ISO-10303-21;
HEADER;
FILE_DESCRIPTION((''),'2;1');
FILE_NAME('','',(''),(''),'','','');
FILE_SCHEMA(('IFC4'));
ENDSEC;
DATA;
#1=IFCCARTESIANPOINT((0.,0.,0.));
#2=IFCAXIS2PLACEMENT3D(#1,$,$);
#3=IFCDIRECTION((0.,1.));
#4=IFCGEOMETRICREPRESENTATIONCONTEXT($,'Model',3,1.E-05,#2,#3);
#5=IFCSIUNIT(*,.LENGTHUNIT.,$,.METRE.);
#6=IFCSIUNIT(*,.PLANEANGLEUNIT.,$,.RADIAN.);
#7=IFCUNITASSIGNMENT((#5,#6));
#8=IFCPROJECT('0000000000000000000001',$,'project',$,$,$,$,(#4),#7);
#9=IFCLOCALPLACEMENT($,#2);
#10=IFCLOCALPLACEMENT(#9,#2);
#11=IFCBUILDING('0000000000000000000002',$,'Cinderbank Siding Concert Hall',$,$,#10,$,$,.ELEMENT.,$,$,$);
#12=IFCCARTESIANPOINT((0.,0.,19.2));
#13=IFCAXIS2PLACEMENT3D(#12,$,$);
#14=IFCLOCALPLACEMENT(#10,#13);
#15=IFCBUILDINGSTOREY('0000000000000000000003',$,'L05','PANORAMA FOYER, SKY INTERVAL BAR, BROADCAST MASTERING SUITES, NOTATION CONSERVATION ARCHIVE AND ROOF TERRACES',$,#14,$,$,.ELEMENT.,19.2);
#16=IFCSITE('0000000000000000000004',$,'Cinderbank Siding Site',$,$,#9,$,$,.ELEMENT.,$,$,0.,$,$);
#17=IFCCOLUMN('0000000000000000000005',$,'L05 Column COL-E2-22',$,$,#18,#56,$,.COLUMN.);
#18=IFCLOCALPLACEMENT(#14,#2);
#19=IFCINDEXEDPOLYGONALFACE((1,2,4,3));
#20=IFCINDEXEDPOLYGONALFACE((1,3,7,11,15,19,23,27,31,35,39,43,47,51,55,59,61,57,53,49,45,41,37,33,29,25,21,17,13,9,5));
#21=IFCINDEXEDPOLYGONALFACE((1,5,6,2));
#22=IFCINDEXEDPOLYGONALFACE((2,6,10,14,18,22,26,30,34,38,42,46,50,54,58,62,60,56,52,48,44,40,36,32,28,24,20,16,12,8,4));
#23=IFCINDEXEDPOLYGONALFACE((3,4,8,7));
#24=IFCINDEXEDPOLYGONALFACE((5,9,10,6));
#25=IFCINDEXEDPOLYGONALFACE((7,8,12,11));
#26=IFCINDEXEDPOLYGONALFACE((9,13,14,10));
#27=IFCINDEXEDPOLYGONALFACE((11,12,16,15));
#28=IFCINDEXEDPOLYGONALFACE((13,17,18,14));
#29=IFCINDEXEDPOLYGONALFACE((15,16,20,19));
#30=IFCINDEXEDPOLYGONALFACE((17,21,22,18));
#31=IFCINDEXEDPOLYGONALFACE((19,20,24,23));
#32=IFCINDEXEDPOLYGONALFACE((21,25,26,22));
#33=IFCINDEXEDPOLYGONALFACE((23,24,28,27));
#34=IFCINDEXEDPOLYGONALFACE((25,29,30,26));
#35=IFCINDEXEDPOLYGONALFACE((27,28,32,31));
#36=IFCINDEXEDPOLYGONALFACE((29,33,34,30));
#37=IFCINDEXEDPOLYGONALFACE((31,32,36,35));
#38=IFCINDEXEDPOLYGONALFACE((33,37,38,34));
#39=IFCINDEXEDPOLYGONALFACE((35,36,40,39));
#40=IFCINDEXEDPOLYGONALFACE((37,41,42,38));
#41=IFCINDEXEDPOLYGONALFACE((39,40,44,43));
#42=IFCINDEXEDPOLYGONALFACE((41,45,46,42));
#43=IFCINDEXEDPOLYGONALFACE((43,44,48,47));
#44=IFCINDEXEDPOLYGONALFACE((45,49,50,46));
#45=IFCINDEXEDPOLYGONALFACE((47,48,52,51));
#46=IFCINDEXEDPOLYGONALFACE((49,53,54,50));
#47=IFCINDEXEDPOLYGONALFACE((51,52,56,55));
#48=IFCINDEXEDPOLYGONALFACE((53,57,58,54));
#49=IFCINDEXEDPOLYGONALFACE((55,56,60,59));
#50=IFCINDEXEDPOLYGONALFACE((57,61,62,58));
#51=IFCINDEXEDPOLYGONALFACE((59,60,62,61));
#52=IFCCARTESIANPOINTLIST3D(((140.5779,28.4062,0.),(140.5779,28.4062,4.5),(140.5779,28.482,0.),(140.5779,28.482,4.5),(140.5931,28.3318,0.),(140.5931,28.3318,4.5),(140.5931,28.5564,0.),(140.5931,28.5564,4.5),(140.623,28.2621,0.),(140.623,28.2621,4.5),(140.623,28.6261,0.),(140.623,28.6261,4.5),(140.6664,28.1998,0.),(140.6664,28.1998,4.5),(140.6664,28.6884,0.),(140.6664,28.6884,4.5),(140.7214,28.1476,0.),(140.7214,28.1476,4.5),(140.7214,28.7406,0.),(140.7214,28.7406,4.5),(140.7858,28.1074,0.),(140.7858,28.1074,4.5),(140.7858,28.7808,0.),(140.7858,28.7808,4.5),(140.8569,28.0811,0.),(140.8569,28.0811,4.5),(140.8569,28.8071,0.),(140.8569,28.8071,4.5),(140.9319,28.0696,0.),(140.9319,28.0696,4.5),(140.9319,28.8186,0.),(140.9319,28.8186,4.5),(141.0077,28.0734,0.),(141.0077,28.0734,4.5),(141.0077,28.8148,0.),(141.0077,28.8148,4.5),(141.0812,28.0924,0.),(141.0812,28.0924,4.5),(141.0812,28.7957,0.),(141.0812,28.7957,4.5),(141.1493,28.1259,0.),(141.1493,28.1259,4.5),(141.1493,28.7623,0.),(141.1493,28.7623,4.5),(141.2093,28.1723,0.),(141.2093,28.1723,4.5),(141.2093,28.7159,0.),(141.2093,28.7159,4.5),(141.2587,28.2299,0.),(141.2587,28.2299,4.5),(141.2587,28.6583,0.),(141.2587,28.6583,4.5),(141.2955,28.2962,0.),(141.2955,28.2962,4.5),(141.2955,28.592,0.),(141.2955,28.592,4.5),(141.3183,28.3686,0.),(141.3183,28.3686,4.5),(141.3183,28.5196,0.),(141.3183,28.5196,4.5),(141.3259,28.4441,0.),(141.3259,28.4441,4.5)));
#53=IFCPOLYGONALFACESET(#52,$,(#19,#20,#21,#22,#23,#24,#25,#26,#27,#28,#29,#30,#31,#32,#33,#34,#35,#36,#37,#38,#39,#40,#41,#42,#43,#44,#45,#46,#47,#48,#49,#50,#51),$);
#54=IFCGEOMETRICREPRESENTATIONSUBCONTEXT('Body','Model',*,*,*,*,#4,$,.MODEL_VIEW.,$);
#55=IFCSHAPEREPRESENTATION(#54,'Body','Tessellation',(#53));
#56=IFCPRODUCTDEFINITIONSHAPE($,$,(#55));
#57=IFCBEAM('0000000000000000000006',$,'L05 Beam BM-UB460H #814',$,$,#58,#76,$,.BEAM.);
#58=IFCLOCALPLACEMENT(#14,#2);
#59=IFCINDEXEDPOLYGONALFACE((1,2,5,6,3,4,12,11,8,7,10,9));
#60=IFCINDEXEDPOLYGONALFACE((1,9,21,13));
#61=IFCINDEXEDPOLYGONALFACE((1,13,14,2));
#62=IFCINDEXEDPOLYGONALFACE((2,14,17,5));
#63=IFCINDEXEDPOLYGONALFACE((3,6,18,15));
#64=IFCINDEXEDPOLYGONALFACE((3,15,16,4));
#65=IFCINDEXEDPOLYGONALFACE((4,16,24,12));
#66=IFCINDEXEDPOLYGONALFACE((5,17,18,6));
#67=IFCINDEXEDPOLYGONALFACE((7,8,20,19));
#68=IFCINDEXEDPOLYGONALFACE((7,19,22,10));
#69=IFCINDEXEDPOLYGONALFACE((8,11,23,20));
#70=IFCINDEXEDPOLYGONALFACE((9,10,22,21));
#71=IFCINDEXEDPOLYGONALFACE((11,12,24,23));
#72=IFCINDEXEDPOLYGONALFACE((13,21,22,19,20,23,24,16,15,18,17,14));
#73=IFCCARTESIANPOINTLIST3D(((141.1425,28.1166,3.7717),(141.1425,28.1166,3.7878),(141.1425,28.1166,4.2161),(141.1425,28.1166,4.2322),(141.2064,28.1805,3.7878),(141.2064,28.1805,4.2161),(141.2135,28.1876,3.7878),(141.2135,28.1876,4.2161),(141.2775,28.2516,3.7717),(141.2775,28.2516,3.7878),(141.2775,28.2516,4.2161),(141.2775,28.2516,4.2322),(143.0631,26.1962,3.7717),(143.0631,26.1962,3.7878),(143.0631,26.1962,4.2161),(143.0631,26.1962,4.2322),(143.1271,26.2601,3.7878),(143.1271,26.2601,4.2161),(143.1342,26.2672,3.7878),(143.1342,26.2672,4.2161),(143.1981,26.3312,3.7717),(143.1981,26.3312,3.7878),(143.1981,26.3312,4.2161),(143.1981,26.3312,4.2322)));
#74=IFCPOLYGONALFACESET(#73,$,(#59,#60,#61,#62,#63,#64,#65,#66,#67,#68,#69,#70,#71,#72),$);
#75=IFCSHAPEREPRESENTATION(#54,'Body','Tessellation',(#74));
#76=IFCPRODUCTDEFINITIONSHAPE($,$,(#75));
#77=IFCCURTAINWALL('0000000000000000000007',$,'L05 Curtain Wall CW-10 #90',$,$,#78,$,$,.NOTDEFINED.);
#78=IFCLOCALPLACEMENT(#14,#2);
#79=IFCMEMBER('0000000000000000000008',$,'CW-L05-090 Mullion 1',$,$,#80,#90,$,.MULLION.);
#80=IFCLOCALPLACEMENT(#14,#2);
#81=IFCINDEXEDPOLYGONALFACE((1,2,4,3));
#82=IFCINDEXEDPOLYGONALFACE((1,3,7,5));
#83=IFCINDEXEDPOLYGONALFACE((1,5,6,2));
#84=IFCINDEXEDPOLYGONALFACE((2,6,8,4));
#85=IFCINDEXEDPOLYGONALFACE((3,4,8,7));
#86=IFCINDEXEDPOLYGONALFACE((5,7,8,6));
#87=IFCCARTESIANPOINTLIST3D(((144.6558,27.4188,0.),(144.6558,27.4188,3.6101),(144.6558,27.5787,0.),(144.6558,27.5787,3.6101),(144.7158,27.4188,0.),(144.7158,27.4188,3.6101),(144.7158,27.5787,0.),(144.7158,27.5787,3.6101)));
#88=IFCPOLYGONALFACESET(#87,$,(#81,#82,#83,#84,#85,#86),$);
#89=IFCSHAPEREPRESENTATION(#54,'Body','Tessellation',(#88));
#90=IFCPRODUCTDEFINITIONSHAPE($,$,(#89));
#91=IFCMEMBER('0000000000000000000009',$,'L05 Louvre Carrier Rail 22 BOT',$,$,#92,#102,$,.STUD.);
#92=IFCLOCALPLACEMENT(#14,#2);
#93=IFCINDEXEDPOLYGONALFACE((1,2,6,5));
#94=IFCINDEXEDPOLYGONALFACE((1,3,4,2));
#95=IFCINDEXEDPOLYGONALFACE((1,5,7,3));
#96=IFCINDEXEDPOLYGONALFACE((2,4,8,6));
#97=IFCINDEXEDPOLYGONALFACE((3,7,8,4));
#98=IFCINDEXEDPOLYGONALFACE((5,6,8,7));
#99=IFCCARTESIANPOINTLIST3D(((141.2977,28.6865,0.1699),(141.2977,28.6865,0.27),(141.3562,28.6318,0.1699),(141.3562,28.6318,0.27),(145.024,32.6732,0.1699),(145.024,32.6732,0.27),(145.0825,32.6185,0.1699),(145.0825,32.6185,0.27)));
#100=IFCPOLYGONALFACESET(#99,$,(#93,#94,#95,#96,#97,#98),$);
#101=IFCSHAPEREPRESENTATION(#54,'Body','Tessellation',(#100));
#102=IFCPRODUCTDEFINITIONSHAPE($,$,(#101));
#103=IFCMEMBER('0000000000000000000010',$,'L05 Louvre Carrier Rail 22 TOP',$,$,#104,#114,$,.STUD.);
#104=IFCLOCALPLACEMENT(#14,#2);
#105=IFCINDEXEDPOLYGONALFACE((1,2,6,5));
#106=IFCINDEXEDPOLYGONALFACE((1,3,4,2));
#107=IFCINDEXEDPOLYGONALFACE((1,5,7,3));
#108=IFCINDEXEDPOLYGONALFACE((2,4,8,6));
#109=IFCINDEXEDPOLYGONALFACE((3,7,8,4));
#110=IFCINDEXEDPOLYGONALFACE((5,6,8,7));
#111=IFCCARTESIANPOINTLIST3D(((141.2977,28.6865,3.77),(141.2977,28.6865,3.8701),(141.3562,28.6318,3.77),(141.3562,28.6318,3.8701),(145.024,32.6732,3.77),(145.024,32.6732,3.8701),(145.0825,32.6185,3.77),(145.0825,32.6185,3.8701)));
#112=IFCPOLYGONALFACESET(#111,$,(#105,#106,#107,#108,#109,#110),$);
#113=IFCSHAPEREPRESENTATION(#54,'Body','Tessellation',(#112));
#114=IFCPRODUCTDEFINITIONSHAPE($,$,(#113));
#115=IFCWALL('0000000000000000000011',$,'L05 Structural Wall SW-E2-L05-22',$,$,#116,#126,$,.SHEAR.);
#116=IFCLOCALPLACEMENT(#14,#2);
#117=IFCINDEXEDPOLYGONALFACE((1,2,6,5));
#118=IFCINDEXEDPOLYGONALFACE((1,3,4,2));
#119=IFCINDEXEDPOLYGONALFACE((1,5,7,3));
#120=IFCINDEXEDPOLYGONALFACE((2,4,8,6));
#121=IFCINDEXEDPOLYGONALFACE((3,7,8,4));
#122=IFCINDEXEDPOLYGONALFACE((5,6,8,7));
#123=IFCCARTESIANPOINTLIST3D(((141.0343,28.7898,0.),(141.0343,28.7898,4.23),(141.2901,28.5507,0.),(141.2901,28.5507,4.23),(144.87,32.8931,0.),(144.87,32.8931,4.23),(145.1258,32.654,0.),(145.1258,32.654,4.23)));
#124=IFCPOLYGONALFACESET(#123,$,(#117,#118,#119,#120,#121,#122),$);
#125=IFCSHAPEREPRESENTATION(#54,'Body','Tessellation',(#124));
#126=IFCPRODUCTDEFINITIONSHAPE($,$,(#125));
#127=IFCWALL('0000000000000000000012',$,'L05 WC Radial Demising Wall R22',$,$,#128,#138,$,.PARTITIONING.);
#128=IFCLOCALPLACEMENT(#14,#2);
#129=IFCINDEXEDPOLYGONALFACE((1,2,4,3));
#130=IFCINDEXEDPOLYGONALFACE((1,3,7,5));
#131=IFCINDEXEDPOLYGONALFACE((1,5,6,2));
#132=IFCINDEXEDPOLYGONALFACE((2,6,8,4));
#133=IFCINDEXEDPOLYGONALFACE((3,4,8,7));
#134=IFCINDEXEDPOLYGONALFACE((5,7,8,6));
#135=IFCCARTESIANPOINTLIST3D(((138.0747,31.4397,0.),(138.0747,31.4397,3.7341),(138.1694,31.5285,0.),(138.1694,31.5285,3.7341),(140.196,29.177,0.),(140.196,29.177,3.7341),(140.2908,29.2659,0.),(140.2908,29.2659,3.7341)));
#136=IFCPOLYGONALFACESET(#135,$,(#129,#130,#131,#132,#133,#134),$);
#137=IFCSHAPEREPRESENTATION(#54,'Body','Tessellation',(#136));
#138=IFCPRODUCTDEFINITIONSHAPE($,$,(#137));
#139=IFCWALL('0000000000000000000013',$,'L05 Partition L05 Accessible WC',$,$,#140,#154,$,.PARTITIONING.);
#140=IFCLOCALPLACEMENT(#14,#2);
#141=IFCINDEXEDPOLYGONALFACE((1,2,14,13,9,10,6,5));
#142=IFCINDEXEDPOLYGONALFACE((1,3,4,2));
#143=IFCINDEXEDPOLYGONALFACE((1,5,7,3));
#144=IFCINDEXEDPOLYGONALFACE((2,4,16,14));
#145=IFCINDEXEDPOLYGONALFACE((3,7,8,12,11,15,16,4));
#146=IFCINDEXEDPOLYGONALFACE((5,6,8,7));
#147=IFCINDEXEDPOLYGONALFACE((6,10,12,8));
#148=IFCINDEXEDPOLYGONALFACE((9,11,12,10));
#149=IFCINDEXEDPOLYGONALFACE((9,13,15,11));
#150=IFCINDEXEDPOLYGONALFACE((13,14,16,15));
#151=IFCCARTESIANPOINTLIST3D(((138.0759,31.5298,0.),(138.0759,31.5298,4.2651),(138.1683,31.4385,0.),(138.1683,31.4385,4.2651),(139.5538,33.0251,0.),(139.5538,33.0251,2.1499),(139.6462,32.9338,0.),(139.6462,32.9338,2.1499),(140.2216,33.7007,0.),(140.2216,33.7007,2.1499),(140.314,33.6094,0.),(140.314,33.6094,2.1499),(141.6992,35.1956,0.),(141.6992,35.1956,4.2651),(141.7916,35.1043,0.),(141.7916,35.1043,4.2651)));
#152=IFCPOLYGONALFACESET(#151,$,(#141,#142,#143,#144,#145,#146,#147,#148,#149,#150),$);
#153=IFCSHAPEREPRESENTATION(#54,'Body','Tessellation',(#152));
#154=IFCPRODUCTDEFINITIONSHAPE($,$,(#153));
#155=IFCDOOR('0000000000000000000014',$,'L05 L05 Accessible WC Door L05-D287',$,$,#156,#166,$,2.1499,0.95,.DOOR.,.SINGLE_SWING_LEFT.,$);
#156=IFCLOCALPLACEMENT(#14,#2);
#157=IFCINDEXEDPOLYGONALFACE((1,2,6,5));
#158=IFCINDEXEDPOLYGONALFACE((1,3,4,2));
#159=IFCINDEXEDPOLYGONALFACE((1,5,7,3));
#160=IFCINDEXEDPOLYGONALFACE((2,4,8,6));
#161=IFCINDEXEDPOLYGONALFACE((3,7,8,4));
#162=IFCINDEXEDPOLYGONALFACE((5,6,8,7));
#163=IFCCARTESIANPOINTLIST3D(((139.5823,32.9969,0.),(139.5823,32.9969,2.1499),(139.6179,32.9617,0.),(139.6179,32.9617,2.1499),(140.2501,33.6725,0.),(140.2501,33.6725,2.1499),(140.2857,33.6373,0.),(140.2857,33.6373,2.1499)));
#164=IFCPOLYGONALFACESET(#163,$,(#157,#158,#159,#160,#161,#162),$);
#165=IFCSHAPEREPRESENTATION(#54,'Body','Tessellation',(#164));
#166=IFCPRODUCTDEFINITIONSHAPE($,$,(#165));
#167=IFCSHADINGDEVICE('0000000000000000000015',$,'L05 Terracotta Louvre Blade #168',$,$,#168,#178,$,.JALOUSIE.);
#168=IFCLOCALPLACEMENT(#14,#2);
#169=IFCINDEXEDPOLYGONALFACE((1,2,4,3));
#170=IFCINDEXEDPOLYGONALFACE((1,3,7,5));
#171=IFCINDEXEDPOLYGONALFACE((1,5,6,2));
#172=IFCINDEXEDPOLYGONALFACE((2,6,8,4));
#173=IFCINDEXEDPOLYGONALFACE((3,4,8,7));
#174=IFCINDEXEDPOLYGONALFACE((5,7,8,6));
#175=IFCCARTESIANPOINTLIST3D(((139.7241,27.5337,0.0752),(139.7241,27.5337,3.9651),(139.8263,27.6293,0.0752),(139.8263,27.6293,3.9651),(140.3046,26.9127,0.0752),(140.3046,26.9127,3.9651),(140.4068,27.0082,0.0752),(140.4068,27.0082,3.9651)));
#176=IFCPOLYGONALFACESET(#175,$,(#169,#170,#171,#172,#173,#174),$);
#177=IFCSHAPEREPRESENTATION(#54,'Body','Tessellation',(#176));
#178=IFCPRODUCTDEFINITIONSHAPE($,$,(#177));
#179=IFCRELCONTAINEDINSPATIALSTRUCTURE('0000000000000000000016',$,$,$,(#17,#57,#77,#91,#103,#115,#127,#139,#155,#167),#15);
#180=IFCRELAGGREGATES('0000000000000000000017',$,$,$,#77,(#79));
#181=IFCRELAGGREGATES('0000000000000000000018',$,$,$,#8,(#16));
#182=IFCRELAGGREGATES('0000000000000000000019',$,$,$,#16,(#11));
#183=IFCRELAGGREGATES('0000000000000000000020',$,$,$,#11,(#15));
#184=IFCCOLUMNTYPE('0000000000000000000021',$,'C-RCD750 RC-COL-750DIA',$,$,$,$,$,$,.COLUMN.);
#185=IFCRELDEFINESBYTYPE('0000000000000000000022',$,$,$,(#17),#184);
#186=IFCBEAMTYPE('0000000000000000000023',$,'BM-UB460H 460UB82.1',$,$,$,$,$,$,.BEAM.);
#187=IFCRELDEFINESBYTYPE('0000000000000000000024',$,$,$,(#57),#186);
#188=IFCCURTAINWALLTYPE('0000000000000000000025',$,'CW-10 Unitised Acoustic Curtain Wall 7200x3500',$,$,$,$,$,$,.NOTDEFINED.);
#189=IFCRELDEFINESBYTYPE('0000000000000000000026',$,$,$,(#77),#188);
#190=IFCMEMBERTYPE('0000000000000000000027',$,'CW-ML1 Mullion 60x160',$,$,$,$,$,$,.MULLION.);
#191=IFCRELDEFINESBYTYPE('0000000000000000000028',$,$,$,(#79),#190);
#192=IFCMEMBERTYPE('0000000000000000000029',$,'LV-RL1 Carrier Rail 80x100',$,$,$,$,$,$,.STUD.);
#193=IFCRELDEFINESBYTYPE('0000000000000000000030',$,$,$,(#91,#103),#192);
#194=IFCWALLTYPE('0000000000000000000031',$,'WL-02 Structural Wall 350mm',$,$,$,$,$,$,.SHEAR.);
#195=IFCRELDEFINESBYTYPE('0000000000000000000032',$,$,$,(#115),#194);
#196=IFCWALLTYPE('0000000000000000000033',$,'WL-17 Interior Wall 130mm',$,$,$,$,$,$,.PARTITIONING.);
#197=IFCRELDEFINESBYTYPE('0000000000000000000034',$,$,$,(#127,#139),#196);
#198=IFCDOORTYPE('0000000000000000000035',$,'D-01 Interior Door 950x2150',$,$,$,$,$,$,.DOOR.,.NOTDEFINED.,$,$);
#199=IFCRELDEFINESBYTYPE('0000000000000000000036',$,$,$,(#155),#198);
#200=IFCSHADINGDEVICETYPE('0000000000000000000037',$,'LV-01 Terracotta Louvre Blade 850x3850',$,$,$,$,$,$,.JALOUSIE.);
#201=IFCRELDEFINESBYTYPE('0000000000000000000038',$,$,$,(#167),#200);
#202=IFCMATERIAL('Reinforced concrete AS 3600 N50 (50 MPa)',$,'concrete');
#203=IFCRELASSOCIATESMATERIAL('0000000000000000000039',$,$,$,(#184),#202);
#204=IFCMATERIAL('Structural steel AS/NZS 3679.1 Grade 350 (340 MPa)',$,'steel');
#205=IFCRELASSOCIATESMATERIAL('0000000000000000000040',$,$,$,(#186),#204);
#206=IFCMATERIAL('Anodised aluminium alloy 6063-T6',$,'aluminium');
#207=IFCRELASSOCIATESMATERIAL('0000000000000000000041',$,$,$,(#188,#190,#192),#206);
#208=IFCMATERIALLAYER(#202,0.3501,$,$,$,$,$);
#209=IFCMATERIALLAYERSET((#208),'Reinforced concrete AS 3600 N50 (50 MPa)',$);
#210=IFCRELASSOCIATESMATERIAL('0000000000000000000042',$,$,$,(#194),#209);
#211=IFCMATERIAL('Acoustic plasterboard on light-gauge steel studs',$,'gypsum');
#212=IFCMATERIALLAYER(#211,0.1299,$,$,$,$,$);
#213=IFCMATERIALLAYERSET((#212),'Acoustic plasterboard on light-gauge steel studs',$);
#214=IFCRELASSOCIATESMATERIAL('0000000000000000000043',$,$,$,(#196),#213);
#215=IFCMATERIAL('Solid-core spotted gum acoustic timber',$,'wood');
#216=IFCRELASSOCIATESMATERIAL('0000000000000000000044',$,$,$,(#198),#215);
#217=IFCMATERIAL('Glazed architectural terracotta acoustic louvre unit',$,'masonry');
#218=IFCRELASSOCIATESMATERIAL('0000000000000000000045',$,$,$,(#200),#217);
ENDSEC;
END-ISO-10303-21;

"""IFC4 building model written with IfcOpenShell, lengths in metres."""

from ifc_helpers import new_model, si_unit, direction, frame, frame_2d, origin, origin_2d, place, context, subcontext, project, spatial, rectangle, circle, i_section, extrude, material, layer, layer_set, material_profile, profile_set, type_object, element, fill, aggregate, save


model = new_model("IFC4")

# Units and contexts
model_context = context("Model", 3, precision=1e-05, world=origin(), true_north=direction((0.0, 1.0)))
body_context = subcontext(model_context, "Body", "Model", "MODEL_VIEW")
ifc_project = project(units=[si_unit("LENGTHUNIT", "METRE"), si_unit("PLANEANGLEUNIT", "RADIAN")], contexts=[model_context])

# Site, building, storey
site_placement = place(None, origin())
site = spatial("IfcSite", under=ifc_project, at=site_placement, Name="Cinderbank Siding Site", CompositionType="ELEMENT", RefElevation=0.0)
building_placement = place(site_placement, origin())
building = spatial("IfcBuilding", under=site, at=building_placement, Name="Cinderbank Siding Concert Hall", CompositionType="ELEMENT")
storey_placement = place(building_placement, frame((0.0, 0.0, 19.2)))
storey = spatial("IfcBuildingStorey", under=building, at=storey_placement, Name="L05", Description="PANORAMA FOYER, SKY INTERVAL BAR, BROADCAST MASTERING SUITES, NOTATION CONSERVATION ARCHIVE AND ROOF TERRACES", CompositionType="ELEMENT", Elevation=19.2)

# Column
ifc_material_1 = material(Name="Reinforced concrete AS 3600 N50 (50 MPa)", Category="concrete")
ifc_material_profile_1 = material_profile(ifc_material_1, circle(Radius=0.375, at=origin_2d()), Name="RC-COL-750DIA", Category="LoadBearing")
ifc_profile_set_1 = profile_set([ifc_material_profile_1], Name="Reinforced concrete AS 3600 N50 (50 MPa)")
column_type = type_object("IfcColumnType", Name="C-RCD750 RC-COL-750DIA", PredefinedType="COLUMN", material=ifc_profile_set_1)
column_placement = place(storey_placement, frame((140.9509, 28.4441, 0.0), z_axis=(0.0, 0.0, 1.0), x_axis=(1.0, 0.0, 0.0)))
element("IfcColumn", 1, at=column_placement, inside=storey, type_object=column_type, Name="L05 Column COL-E2-22", PredefinedType="COLUMN", context=body_context, shape_type="SweptSolid", body=[
    extrude(circle(Radius=0.375, at=origin_2d()), origin(), (0.0, 0.0, 1.0), 4.5),
])

# Beam
ifc_material_2 = material(Name="Structural steel AS/NZS 3679.1 Grade 350 (340 MPa)", Category="steel")
ifc_material_profile_2 = material_profile(ifc_material_2, i_section(OverallWidth=0.1909, OverallDepth=0.4604, WebThickness=0.01, FlangeThickness=0.0161, at=origin_2d()), Name="460UB82.1", Category="LoadBearing")
ifc_profile_set_2 = profile_set([ifc_material_profile_2], Name="Structural steel AS/NZS 3679.1 Grade 350 (340 MPa)")
beam_type = type_object("IfcBeamType", Name="BM-UB460H 460UB82.1", PredefinedType="BEAM", material=ifc_profile_set_2)
beam_placement = place(storey_placement, frame((141.21, 28.1841, 4.002), z_axis=(0.707152, -0.707062, 0.0), x_axis=(0.707062, 0.707152, 0.0)))
element("IfcBeam", 2, at=beam_placement, inside=storey, type_object=beam_type, Name="L05 Beam BM-UB460H #814", PredefinedType="BEAM", context=body_context, shape_type="SweptSolid", body=[
    extrude(i_section(OverallWidth=0.1909, OverallDepth=0.4604, WebThickness=0.01, FlangeThickness=0.0161, at=origin_2d()), origin(), (0.0, 0.0, 1.0), 2.7161),
])

# Curtain wall, member
ifc_material_3 = material(Name="Anodised aluminium alloy 6063-T6", Category="aluminium")
curtain_wall_type = type_object("IfcCurtainWallType", Name="CW-10 Unitised Acoustic Curtain Wall 7200x3500", PredefinedType="NOTDEFINED", material=ifc_material_3)
curtain_wall_placement = place(storey_placement, origin())
curtain_wall = element("IfcCurtainWall", 3, at=curtain_wall_placement, inside=storey, type_object=curtain_wall_type, Name="L05 Curtain Wall CW-10 #90", PredefinedType="NOTDEFINED")
ifc_material_profile_3 = material_profile(ifc_material_3, rectangle(XDim=0.0601, YDim=0.1599, at=origin_2d()), Name="ALU-MULL-60x160", Category="LoadBearing")
ifc_profile_set_3 = profile_set([ifc_material_profile_3], Name="Anodised aluminium alloy 6063-T6")
member_type_1 = type_object("IfcMemberType", Name="CW-ML1 Mullion 60x160", PredefinedType="MULLION", material=ifc_profile_set_3)
member_placement = place(storey_placement, frame((144.6858, 27.4988, 0.0), z_axis=(0.0, 0.0, 1.0), x_axis=(1.0, 0.0, 0.0)))
member = element("IfcMember", 4, at=member_placement, type_object=member_type_1, Name="CW-L05-090 Mullion 1", PredefinedType="MULLION", context=body_context, shape_type="SweptSolid", body=[
    extrude(rectangle(XDim=0.0601, YDim=0.1599, at=origin_2d()), origin(), (0.0, 0.0, 1.0), 3.6101),
])
aggregate(curtain_wall, [member])

# Members
ifc_material_profile_4 = material_profile(ifc_material_3, rectangle(XDim=0.0801, YDim=0.1001, at=origin_2d()), Name="ALU-RAIL-80x100", Category="LoadBearing")
ifc_profile_set_4 = profile_set([ifc_material_profile_4], Name="Anodised aluminium alloy 6063-T6")
member_type_2 = type_object("IfcMemberType", Name="LV-RL1 Carrier Rail 80x100", PredefinedType="STUD", material=ifc_profile_set_4)
for number, where, z_axis, x_axis, name in (
    (5, (141.3269, 28.6592, 0.22), (0.682858, 0.730551, 0.0), (-0.730551, 0.682858, 0.0), "L05 Louvre Carrier Rail 22 BOT"),
    (6, (141.3269, 28.6592, 3.8201), (0.682858, 0.730551, 0.0), (-0.730551, 0.682858, 0.0), "L05 Louvre Carrier Rail 22 TOP"),
):
    element("IfcMember", number, at=place(storey_placement, frame(where, z_axis=z_axis, x_axis=x_axis)), inside=storey, type_object=member_type_2, Name=name, PredefinedType="STUD", context=body_context, shape_type="SweptSolid", body=[
        extrude(rectangle(XDim=0.0801, YDim=0.1001, at=origin_2d()), origin(), (0.0, 0.0, 1.0), 5.457),
    ])

# Walls
ifc_layer_1 = layer(ifc_material_1, 0.3501)
ifc_layer_set_1 = layer_set([ifc_layer_1], Name="Reinforced concrete AS 3600 N50 (50 MPa)")
wall_type_1 = type_object("IfcWallType", Name="WL-02 Structural Wall 350mm", PredefinedType="SHEAR", material=ifc_layer_set_1)
wall_1_placement = place(storey_placement, frame((141.1621, 28.6702, 0.0), z_axis=(0.0, 0.0, 1.0), x_axis=(0.682886, 0.730525, 0.0)))
element("IfcWall", 7, at=wall_1_placement, inside=storey, type_object=wall_type_1, Name="L05 Structural Wall SW-E2-L05-22", PredefinedType="SHEAR", context=body_context, shape_type="SweptSolid", body=[
    extrude(rectangle(XDim=5.6169, YDim=0.3501, at=frame_2d((2.8086, 0.0))), origin(), (0.0, 0.0, 1.0), 4.23),
])
ifc_material_4 = material(Name="Acoustic plasterboard on light-gauge steel studs", Category="gypsum")
ifc_layer_2 = layer(ifc_material_4, 0.1299)
ifc_layer_set_2 = layer_set([ifc_layer_2], Name="Acoustic plasterboard on light-gauge steel studs")
wall_type_2 = type_object("IfcWallType", Name="WL-17 Interior Wall 130mm", PredefinedType="PARTITIONING", material=ifc_layer_set_2)
wall_2_placement = place(storey_placement, frame((138.1221, 31.4841, 0.0), z_axis=(0.0, 0.0, 1.0), x_axis=(0.683952, -0.729527, 0.0)))
element("IfcWall", 8, at=wall_2_placement, inside=storey, type_object=wall_type_2, Name="L05 WC Radial Demising Wall R22", PredefinedType="PARTITIONING", context=body_context, shape_type="SweptSolid", body=[
    extrude(rectangle(XDim=3.1016, YDim=0.1299, at=frame_2d((1.5508, 0.0))), origin(), (0.0, 0.0, 1.0), 3.7341),
])

# Wall, opening, door
wall_3_placement = place(storey_placement, frame((138.1221, 31.4841, 0.0), z_axis=(0.0, 0.0, 1.0), x_axis=(0.702974, 0.711216, 0.0)))
wall_3 = element("IfcWall", 9, at=wall_3_placement, inside=storey, type_object=wall_type_2, Name="L05 Partition L05 Accessible WC", PredefinedType="PARTITIONING", context=body_context, shape_type="SweptSolid", body=[
    extrude(rectangle(XDim=5.1543, YDim=0.1299, at=frame_2d((2.5771, 0.0))), origin(), (0.0, 0.0, 1.0), 4.2651),
])
opening_placement = place(wall_3_placement, frame((2.1023, 0.0, 0.0)))
opening = element("IfcOpeningElement", 10, at=opening_placement, cuts=wall_3, PredefinedType="OPENING", context=body_context, shape_type="SweptSolid", body=[
    extrude(rectangle(XDim=0.95, YDim=2.1499, at=frame_2d((0.4751, 1.075))), frame((0.0, 0.0769, 0.0), z_axis=(0.0, -1.0, 0.0), x_axis=(1.0, 0.0, 0.0)), (0.0, 0.0, 1.0), 0.1538),
])
ifc_material_5 = material(Name="Solid-core spotted gum acoustic timber", Category="wood")
door_type = type_object("IfcDoorType", Name="D-01 Interior Door 950x2150", OperationType="NOTDEFINED", PredefinedType="DOOR", material=ifc_material_5)
door_placement = place(opening_placement, origin())
door = element("IfcDoor", 11, at=door_placement, inside=storey, type_object=door_type, Name="L05 L05 Accessible WC Door L05-D287", OperationType="SINGLE_SWING_LEFT", OverallHeight=2.1499, OverallWidth=0.95, PredefinedType="DOOR", context=body_context, shape_type="SweptSolid", body=[
    extrude(rectangle(XDim=0.95, YDim=2.1499, at=frame_2d((0.4751, 1.075))), frame((0.0, 0.0249, 0.0), z_axis=(0.0, -1.0, 0.0), x_axis=(1.0, 0.0, 0.0)), (0.0, 0.0, 1.0), 0.05),
])
fill(opening, door)

# Shading device
ifc_material_6 = material(Name="Glazed architectural terracotta acoustic louvre unit", Category="masonry")
shading_device_type = type_object("IfcShadingDeviceType", Name="LV-01 Terracotta Louvre Blade 850x3850", PredefinedType="JALOUSIE", material=ifc_material_6)
for number, where, z_axis, x_axis, name in (
    (12, (140.0654, 27.271, 0.0752), (0.0, 0.0, 1.0), (0.682869, -0.730541, 0.0), "L05 Terracotta Louvre Blade #168"),
):
    element("IfcShadingDevice", number, at=place(storey_placement, frame(where, z_axis=z_axis, x_axis=x_axis)), inside=storey, type_object=shading_device_type, Name=name, PredefinedType="JALOUSIE", context=body_context, shape_type="SweptSolid", body=[
        extrude(rectangle(XDim=0.8501, YDim=0.1399, at=origin_2d()), origin(), (0.0, 0.0, 1.0), 3.8899),
    ])

save(model, "model.ifc")
